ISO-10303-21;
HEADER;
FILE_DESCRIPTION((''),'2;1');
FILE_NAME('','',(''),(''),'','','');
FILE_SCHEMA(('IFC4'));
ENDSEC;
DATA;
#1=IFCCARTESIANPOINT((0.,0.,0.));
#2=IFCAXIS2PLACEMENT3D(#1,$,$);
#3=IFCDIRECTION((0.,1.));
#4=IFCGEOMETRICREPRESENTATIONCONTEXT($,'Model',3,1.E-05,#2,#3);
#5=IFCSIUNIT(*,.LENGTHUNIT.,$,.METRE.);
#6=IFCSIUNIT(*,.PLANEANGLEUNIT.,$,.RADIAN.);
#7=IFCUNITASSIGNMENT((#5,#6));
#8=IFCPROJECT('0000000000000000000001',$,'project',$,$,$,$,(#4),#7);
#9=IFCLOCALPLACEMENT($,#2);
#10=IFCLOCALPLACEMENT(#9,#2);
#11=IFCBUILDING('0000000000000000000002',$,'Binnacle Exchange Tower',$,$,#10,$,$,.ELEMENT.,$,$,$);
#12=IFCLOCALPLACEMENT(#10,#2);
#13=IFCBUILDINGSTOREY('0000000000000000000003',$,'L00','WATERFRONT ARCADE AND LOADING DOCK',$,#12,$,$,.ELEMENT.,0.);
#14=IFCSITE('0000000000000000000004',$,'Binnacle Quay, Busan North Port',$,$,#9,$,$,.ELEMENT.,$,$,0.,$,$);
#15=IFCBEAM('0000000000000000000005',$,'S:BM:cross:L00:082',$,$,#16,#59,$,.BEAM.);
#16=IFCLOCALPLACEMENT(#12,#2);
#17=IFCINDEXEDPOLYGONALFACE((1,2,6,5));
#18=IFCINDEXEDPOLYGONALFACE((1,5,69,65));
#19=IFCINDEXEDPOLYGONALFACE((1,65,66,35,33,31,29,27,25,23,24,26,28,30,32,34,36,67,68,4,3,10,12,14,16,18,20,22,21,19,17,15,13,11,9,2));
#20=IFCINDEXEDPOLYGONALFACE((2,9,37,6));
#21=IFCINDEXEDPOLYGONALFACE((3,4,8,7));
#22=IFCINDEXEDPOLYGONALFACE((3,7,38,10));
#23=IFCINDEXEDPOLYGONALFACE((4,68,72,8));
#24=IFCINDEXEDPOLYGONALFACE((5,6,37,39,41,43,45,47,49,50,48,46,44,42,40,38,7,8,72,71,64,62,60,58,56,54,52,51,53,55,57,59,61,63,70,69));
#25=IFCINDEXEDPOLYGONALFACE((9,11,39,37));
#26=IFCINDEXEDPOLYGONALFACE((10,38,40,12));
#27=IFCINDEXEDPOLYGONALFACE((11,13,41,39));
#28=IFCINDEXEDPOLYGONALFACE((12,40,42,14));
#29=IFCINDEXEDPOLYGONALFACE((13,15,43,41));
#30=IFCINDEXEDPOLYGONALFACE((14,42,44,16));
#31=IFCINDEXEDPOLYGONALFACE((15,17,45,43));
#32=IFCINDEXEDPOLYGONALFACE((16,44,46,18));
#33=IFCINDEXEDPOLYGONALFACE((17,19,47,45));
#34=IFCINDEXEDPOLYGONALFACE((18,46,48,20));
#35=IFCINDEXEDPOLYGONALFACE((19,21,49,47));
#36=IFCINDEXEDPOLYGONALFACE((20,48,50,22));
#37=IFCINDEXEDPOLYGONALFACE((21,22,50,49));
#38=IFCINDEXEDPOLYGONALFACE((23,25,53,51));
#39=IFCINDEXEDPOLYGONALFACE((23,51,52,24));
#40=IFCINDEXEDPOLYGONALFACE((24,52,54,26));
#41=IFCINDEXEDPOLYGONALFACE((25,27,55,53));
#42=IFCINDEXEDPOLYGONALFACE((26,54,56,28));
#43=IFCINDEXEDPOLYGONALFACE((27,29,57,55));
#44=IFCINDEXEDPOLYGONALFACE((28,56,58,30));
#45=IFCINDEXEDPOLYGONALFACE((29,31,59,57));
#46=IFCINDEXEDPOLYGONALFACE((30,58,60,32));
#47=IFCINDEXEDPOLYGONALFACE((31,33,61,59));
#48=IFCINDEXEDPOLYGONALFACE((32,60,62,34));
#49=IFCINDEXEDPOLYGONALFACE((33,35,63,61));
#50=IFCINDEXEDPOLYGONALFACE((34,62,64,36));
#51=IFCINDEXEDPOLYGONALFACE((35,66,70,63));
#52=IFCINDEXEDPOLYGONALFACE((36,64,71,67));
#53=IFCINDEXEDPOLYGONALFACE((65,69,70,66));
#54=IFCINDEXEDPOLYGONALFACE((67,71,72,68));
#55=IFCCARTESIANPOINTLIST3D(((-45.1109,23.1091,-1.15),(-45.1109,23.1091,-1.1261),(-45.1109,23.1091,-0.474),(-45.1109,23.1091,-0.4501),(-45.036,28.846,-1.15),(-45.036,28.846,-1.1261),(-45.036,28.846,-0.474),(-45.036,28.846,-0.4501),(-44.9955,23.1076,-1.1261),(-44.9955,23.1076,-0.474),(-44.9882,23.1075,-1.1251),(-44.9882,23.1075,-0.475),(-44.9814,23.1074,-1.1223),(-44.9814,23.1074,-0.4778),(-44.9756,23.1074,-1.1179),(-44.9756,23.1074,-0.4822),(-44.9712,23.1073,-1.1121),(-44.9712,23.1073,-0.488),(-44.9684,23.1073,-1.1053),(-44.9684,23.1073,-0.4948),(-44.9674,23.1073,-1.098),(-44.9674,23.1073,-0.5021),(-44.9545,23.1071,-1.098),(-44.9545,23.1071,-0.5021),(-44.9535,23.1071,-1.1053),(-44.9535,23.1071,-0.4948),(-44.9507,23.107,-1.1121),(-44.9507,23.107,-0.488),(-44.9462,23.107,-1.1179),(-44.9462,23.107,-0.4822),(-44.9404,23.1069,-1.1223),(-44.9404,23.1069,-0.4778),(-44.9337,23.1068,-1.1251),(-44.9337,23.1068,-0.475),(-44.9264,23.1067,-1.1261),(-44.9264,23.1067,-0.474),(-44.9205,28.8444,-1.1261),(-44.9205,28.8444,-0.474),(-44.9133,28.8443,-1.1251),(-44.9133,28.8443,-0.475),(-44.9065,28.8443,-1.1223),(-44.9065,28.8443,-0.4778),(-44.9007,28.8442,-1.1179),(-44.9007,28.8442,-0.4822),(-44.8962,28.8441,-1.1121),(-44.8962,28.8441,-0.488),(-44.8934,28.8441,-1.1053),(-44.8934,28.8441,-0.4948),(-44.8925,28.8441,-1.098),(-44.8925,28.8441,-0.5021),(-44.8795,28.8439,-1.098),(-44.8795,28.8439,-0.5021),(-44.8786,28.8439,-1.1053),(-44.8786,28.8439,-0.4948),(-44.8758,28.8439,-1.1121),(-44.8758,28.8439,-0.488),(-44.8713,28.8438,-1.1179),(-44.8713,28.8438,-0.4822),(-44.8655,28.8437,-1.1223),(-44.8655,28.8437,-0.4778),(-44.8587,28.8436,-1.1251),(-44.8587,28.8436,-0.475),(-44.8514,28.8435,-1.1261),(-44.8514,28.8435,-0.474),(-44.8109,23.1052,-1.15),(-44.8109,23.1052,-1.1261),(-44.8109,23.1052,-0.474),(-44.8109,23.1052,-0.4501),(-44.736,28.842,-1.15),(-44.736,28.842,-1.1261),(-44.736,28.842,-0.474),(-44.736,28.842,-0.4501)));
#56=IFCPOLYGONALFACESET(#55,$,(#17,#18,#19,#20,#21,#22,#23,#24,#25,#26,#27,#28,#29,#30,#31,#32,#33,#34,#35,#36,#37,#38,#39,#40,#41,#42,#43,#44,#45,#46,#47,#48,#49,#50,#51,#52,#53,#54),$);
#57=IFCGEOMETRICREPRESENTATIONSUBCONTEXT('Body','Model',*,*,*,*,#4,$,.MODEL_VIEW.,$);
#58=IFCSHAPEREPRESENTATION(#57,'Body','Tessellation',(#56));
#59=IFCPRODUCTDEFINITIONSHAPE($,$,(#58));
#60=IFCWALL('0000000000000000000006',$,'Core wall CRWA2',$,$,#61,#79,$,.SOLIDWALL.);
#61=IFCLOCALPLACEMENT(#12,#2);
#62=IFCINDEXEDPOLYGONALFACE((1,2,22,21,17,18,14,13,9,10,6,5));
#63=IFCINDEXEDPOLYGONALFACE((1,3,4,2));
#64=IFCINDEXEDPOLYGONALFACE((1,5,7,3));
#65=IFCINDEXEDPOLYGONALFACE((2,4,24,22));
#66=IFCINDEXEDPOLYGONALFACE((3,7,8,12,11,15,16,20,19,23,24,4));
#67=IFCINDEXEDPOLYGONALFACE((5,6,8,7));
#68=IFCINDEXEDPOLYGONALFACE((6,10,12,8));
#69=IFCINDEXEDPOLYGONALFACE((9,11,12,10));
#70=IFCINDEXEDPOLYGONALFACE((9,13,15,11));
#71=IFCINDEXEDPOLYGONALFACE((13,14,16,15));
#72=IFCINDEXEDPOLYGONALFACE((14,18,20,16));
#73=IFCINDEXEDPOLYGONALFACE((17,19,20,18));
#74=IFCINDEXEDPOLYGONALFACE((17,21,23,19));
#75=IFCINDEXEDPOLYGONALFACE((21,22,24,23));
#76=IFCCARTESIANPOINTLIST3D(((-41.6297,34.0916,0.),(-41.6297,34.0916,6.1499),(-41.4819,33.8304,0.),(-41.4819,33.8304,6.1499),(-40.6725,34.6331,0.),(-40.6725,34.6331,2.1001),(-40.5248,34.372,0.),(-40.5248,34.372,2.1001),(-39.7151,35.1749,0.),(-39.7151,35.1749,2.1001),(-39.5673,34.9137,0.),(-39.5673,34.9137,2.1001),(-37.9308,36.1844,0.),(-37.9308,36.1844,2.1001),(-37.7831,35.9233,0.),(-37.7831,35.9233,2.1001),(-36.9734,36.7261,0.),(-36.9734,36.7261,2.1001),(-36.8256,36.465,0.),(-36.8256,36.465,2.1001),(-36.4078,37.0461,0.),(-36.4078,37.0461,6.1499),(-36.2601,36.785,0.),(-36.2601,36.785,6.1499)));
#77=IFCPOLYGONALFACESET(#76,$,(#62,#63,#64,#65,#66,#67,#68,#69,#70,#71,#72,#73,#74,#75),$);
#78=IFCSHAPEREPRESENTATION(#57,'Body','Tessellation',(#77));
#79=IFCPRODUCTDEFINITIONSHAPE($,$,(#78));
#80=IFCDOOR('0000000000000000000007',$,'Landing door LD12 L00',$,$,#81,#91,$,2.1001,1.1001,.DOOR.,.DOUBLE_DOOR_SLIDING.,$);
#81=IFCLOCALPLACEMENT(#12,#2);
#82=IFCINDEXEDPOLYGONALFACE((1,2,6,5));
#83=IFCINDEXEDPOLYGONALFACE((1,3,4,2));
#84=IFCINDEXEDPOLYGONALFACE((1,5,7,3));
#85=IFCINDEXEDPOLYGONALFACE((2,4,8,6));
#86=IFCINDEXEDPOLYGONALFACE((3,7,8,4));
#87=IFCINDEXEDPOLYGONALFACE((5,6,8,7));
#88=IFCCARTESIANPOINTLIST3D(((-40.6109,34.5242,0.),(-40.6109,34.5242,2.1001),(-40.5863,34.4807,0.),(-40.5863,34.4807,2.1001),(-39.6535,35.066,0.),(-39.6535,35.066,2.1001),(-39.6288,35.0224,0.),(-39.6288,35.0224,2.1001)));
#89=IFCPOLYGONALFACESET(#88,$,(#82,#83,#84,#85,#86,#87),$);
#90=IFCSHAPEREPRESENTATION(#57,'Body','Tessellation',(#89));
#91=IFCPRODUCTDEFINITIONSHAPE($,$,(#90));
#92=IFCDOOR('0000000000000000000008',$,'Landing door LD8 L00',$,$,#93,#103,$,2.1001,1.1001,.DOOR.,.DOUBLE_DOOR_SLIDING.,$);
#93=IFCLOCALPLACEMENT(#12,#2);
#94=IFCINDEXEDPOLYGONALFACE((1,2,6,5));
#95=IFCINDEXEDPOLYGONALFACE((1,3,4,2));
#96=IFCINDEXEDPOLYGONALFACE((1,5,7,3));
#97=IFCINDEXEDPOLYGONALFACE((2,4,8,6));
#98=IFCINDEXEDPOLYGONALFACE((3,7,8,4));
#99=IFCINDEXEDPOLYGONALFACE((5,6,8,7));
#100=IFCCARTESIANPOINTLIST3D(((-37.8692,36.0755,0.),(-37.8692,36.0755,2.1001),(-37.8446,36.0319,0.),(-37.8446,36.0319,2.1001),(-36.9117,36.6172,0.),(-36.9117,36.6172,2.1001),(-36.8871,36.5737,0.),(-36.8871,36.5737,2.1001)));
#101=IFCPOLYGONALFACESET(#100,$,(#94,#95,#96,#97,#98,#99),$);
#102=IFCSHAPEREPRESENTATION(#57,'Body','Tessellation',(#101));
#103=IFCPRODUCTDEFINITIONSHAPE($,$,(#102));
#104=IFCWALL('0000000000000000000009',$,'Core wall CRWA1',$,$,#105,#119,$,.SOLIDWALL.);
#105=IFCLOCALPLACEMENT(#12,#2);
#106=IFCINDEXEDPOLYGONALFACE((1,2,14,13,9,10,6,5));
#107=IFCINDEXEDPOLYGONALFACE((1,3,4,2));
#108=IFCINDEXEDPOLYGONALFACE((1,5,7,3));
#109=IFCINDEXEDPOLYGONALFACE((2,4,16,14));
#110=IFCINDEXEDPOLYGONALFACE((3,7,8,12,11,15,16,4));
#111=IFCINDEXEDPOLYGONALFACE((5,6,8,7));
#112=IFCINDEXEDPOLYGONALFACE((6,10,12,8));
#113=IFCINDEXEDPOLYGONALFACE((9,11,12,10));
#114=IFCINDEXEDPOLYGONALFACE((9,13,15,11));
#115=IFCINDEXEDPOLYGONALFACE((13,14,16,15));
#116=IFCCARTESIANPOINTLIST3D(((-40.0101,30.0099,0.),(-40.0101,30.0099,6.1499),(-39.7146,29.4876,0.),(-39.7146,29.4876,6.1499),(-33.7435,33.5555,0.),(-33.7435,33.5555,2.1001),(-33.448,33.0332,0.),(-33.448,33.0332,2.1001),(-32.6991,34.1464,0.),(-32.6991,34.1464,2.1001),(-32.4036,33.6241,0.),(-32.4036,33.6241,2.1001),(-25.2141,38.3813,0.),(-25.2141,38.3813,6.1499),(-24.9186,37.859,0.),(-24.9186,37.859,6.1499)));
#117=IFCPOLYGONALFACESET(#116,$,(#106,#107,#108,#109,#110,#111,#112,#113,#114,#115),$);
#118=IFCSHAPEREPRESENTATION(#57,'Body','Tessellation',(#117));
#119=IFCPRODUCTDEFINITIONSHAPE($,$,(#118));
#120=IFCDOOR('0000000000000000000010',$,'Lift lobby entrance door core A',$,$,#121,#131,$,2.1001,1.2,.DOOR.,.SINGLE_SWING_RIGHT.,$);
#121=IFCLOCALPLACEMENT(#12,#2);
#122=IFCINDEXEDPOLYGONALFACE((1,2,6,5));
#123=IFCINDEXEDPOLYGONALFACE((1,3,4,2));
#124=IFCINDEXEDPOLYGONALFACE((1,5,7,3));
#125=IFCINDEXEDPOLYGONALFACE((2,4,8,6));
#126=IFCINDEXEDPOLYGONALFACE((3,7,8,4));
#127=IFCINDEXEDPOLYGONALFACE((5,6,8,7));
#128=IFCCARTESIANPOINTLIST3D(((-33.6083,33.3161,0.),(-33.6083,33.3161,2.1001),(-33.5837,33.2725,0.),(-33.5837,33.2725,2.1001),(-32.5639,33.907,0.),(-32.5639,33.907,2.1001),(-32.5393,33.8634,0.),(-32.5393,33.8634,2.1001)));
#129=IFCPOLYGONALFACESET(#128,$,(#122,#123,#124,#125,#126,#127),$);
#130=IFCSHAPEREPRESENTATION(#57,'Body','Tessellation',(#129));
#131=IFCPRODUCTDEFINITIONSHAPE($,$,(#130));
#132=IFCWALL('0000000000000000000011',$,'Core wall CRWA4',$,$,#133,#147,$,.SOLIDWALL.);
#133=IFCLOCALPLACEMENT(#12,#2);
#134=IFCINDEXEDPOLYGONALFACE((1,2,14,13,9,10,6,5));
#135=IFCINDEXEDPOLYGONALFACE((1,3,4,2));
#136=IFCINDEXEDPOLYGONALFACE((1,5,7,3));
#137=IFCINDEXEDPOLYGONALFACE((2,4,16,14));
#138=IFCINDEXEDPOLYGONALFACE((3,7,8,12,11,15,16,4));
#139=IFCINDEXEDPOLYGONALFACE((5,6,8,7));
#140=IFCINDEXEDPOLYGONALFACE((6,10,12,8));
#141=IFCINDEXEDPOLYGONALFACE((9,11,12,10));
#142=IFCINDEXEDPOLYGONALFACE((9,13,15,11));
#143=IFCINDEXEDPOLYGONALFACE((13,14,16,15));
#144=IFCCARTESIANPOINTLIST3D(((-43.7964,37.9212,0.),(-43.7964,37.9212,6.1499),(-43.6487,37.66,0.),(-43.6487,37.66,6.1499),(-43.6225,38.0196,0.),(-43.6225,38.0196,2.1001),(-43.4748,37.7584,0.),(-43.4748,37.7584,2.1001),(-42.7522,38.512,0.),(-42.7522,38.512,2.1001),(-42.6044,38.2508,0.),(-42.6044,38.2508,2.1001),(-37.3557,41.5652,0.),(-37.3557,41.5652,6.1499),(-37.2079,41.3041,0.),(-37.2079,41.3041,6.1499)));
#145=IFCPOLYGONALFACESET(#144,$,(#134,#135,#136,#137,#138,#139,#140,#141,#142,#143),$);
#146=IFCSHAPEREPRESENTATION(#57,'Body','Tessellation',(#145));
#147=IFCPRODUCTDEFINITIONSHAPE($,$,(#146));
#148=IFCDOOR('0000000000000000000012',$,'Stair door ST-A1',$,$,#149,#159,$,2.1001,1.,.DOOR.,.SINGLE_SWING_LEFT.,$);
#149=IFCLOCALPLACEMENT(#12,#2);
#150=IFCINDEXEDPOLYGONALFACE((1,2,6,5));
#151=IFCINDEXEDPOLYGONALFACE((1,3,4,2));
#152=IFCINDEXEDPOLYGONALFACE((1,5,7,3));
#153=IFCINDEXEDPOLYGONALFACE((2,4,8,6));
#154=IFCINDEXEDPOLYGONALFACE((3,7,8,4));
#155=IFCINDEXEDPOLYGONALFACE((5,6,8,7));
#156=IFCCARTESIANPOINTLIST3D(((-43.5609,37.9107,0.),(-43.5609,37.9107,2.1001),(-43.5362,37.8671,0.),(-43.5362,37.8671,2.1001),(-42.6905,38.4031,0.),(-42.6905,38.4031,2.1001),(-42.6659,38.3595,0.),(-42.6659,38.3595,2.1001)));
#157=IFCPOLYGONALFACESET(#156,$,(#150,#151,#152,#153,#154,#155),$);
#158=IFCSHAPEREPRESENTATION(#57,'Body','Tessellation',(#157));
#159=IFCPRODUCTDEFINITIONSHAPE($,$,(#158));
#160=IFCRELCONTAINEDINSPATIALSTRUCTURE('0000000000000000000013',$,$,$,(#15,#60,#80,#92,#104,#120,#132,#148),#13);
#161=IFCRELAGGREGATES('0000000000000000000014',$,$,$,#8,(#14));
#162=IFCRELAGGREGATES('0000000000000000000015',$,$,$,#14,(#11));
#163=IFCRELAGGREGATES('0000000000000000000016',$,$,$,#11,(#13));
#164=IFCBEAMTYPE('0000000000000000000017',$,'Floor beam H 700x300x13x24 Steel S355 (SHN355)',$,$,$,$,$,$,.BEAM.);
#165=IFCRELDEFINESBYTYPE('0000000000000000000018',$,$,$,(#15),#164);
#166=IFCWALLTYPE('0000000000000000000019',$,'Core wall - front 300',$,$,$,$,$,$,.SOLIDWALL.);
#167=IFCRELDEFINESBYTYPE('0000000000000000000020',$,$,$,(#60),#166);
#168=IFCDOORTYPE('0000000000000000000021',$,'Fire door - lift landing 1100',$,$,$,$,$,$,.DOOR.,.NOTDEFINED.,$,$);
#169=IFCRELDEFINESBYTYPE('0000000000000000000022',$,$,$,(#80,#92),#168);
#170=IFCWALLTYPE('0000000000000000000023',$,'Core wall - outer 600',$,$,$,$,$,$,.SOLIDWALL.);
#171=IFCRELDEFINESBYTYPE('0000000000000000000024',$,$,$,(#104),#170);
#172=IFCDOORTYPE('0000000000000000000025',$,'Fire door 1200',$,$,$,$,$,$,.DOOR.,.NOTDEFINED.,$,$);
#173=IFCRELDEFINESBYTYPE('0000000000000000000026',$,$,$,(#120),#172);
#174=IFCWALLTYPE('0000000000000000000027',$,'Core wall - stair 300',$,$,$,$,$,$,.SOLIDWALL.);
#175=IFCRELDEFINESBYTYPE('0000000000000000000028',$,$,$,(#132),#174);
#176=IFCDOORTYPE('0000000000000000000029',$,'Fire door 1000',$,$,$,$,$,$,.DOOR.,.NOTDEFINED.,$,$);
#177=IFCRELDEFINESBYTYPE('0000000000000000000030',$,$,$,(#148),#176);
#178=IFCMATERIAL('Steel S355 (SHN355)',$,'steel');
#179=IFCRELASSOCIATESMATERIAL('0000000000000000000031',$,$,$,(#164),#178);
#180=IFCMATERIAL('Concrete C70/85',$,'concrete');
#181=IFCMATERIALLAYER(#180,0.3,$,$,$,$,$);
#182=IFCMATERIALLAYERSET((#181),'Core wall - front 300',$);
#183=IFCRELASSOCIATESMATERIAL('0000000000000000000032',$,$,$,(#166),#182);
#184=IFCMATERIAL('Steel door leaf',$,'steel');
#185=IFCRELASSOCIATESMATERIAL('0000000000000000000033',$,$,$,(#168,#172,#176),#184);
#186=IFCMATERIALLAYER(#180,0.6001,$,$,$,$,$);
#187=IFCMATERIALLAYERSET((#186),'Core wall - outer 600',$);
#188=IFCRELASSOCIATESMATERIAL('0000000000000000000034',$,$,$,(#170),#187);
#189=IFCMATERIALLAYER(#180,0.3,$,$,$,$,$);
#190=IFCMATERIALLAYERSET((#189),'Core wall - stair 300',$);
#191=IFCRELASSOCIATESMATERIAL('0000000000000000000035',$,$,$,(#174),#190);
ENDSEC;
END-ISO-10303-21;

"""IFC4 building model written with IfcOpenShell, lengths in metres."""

from ifc_helpers import new_model, si_unit, direction, frame, frame_2d, origin, origin_2d, place, context, subcontext, project, spatial, rectangle, i_section, extrude, material, layer, layer_set, material_profile, profile_set, type_object, element, fill, save


model = new_model("IFC4")

# Units and contexts
model_context = context("Model", 3, precision=1e-05, world=origin(), true_north=direction((0.0, 1.0)))
body_context = subcontext(model_context, "Body", "Model", "MODEL_VIEW")
ifc_project = project(units=[si_unit("LENGTHUNIT", "METRE"), si_unit("PLANEANGLEUNIT", "RADIAN")], contexts=[model_context])

# Site, building, storey
site_placement = place(None, origin())
site = spatial("IfcSite", under=ifc_project, at=site_placement, Name="Binnacle Quay, Busan North Port", CompositionType="ELEMENT", RefElevation=0.0)
building_placement = place(site_placement, origin())
building = spatial("IfcBuilding", under=site, at=building_placement, Name="Binnacle Exchange Tower", CompositionType="ELEMENT")
storey_placement = place(building_placement, origin())
storey = spatial("IfcBuildingStorey", under=building, at=storey_placement, Name="L00", Description="WATERFRONT ARCADE AND LOADING DOCK", CompositionType="ELEMENT", Elevation=0.0)

# Shared definitions
ifc_material_1 = material(Name="Concrete C70/85", Category="concrete")

# Beam
ifc_material_2 = material(Name="Steel S355 (SHN355)", Category="steel")
ifc_material_profile_1 = material_profile(ifc_material_2, i_section(OverallWidth=0.3, OverallDepth=0.7, WebThickness=0.0129, FlangeThickness=0.0239, FilletRadius=0.0281, at=origin_2d()), Name="H 700x300x13x24")
ifc_profile_set_1 = profile_set([ifc_material_profile_1], Name="Steel S355 (SHN355)")
beam_type_1 = type_object("IfcBeamType", Name="Floor beam H 700x300x13x24 Steel S355 (SHN355)", PredefinedType="BEAM", material=ifc_profile_set_1)
beam_1_placement = place(storey_placement, frame((-44.9609, 23.1072, -0.8), z_axis=(0.013064, 0.999915, 0.0), x_axis=(-0.999915, 0.013064, 0.0)))
element("IfcBeam", 1, at=beam_1_placement, inside=storey, type_object=beam_type_1, Name="S:BM:cross:L00:082", PredefinedType="BEAM", context=body_context, shape_type="SweptSolid", body=[
    extrude(i_section(OverallWidth=0.3, OverallDepth=0.7, WebThickness=0.0129, FlangeThickness=0.0239, FilletRadius=0.0281, at=origin_2d()), origin(), (0.0, 0.0, 1.0), 5.7373),
])

# Wall, openings, doors
ifc_layer_1 = layer(ifc_material_1, 0.3)
ifc_layer_set_1 = layer_set([ifc_layer_1], Name="Core wall - front 300")
wall_type_1 = type_object("IfcWallType", Name="Core wall - front 300", PredefinedType="SOLIDWALL", material=ifc_layer_set_1)
wall_1_placement = place(storey_placement, frame((-41.5559, 33.9609, 0.0), z_axis=(0.0, 0.0, 1.0), x_axis=(0.870344, 0.492445, 0.0)))
wall_1 = element("IfcWall", 2, at=wall_1_placement, inside=storey, type_object=wall_type_1, Name="Core wall CRWA2", PredefinedType="SOLIDWALL", context=body_context, shape_type="SweptSolid", body=[
    extrude(rectangle(XDim=5.9998, YDim=0.3, at=frame_2d((3.0, 0.0))), origin(), (0.0, 0.0, 1.0), 6.1499),
])
opening_1_placement = place(wall_1_placement, frame((1.0999, 0.0, 0.0)))
opening_1 = element("IfcOpeningElement", 3, at=opening_1_placement, cuts=wall_1, PredefinedType="OPENING", context=body_context, shape_type="SweptSolid", body=[
    extrude(rectangle(XDim=1.1001, YDim=2.1001, at=frame_2d((0.55, 1.05))), frame((0.0, 0.1599, 0.0), z_axis=(0.0, -1.0, 0.0), x_axis=(1.0, 0.0, 0.0)), (0.0, 0.0, 1.0), 0.3201),
])
opening_2_placement = place(wall_1_placement, frame((4.25, 0.0, 0.0)))
opening_2 = element("IfcOpeningElement", 4, at=opening_2_placement, cuts=wall_1, PredefinedType="OPENING", context=body_context, shape_type="SweptSolid", body=[
    extrude(rectangle(XDim=1.1001, YDim=2.1001, at=frame_2d((0.55, 1.05))), frame((0.0, 0.1599, 0.0), z_axis=(0.0, -1.0, 0.0), x_axis=(1.0, 0.0, 0.0)), (0.0, 0.0, 1.0), 0.3201),
])
ifc_material_3 = material(Name="Steel door leaf", Category="steel")
door_type_1 = type_object("IfcDoorType", Name="Fire door - lift landing 1100", OperationType="NOTDEFINED", PredefinedType="DOOR", material=ifc_material_3)
door_1_placement = place(opening_1_placement, origin())
door_1 = element("IfcDoor", 5, at=door_1_placement, inside=storey, type_object=door_type_1, Name="Landing door LD12 L00", OperationType="DOUBLE_DOOR_SLIDING", OverallHeight=2.1001, OverallWidth=1.1001, PredefinedType="DOOR", context=body_context, shape_type="SweptSolid", body=[
    extrude(rectangle(XDim=1.1001, YDim=2.1001, at=frame_2d((0.55, 1.05))), frame((0.0, 0.0249, 0.0), z_axis=(0.0, -1.0, 0.0), x_axis=(1.0, 0.0, 0.0)), (0.0, 0.0, 1.0), 0.05),
])
fill(opening_1, door_1)
door_2_placement = place(opening_2_placement, origin())
door_2 = element("IfcDoor", 6, at=door_2_placement, inside=storey, type_object=door_type_1, Name="Landing door LD8 L00", OperationType="DOUBLE_DOOR_SLIDING", OverallHeight=2.1001, OverallWidth=1.1001, PredefinedType="DOOR", context=body_context, shape_type="SweptSolid", body=[
    extrude(rectangle(XDim=1.1001, YDim=2.1001, at=frame_2d((0.55, 1.05))), frame((0.0, 0.0249, 0.0), z_axis=(0.0, -1.0, 0.0), x_axis=(1.0, 0.0, 0.0)), (0.0, 0.0, 1.0), 0.05),
])
fill(opening_2, door_2)

# Walls, openings, doors
ifc_layer_2 = layer(ifc_material_1, 0.6001)
ifc_layer_set_2 = layer_set([ifc_layer_2], Name="Core wall - outer 600")
wall_type_2 = type_object("IfcWallType", Name="Core wall - outer 600", PredefinedType="SOLIDWALL", material=ifc_layer_set_2)
wall_2_placement = place(storey_placement, frame((-39.8623, 29.7488, 0.0), z_axis=(0.0, 0.0, 1.0), x_axis=(0.87035, 0.492433, 0.0)))
wall_2 = element("IfcWall", 7, at=wall_2_placement, inside=storey, type_object=wall_type_2, Name="Core wall CRWA1", PredefinedType="SOLIDWALL", context=body_context, shape_type="SweptSolid", body=[
    extrude(rectangle(XDim=17.0, YDim=0.6001, at=frame_2d((8.5, 0.0))), origin(), (0.0, 0.0, 1.0), 6.1499),
])
opening_3_placement = place(wall_2_placement, frame((7.2, 0.0, 0.0)))
opening_3 = element("IfcOpeningElement", 8, at=opening_3_placement, cuts=wall_2, PredefinedType="OPENING", context=body_context, shape_type="SweptSolid", body=[
    extrude(rectangle(XDim=1.2, YDim=2.1001, at=frame_2d((0.6001, 1.05))), frame((0.0, 0.3101, 0.0), z_axis=(0.0, -1.0, 0.0), x_axis=(1.0, 0.0, 0.0)), (0.0, 0.0, 1.0), 0.6201),
])
door_type_2 = type_object("IfcDoorType", Name="Fire door 1200", OperationType="NOTDEFINED", PredefinedType="DOOR", material=ifc_material_3)
door_3_placement = place(opening_3_placement, frame((1.2, 0.0, 0.0), z_axis=(0.0, 0.0, 1.0), x_axis=(-1.0, 0.0, 0.0)))
door_3 = element("IfcDoor", 9, at=door_3_placement, inside=storey, type_object=door_type_2, Name="Lift lobby entrance door core A", OperationType="SINGLE_SWING_RIGHT", OverallHeight=2.1001, OverallWidth=1.2, PredefinedType="DOOR", context=body_context, shape_type="SweptSolid", body=[
    extrude(rectangle(XDim=1.2, YDim=2.1001, at=frame_2d((0.6001, 1.05))), frame((0.0, 0.0249, 0.0), z_axis=(0.0, -1.0, 0.0), x_axis=(1.0, 0.0, 0.0)), (0.0, 0.0, 1.0), 0.05),
])
fill(opening_3, door_3)
ifc_layer_3 = layer(ifc_material_1, 0.3)
ifc_layer_set_3 = layer_set([ifc_layer_3], Name="Core wall - stair 300")
wall_type_3 = type_object("IfcWallType", Name="Core wall - stair 300", PredefinedType="SOLIDWALL", material=ifc_layer_set_3)
wall_3_placement = place(storey_placement, frame((-43.7227, 37.7905, 0.0), z_axis=(0.0, 0.0, 1.0), x_axis=(0.870351, 0.492432, 0.0)))
wall_3 = element("IfcWall", 10, at=wall_3_placement, inside=storey, type_object=wall_type_3, Name="Core wall CRWA4", PredefinedType="SOLIDWALL", context=body_context, shape_type="SweptSolid", body=[
    extrude(rectangle(XDim=7.4001, YDim=0.3, at=frame_2d((3.7002, 0.0))), origin(), (0.0, 0.0, 1.0), 6.1499),
])
opening_4_placement = place(wall_3_placement, frame((0.2, 0.0, 0.0)))
opening_4 = element("IfcOpeningElement", 11, at=opening_4_placement, cuts=wall_3, PredefinedType="OPENING", context=body_context, shape_type="SweptSolid", body=[
    extrude(rectangle(XDim=1.0, YDim=2.1001, at=frame_2d((0.5, 1.05))), frame((0.0, 0.1599, 0.0), z_axis=(0.0, -1.0, 0.0), x_axis=(1.0, 0.0, 0.0)), (0.0, 0.0, 1.0), 0.3201),
])
door_type_3 = type_object("IfcDoorType", Name="Fire door 1000", OperationType="NOTDEFINED", PredefinedType="DOOR", material=ifc_material_3)
door_4_placement = place(opening_4_placement, origin())
door_4 = element("IfcDoor", 12, at=door_4_placement, inside=storey, type_object=door_type_3, Name="Stair door ST-A1", OperationType="SINGLE_SWING_LEFT", OverallHeight=2.1001, OverallWidth=1.0, PredefinedType="DOOR", context=body_context, shape_type="SweptSolid", body=[
    extrude(rectangle(XDim=1.0, YDim=2.1001, at=frame_2d((0.5, 1.05))), frame((0.0, 0.0249, 0.0), z_axis=(0.0, -1.0, 0.0), x_axis=(1.0, 0.0, 0.0)), (0.0, 0.0, 1.0), 0.05),
])
fill(opening_4, door_4)

save(model, "model.ifc")
